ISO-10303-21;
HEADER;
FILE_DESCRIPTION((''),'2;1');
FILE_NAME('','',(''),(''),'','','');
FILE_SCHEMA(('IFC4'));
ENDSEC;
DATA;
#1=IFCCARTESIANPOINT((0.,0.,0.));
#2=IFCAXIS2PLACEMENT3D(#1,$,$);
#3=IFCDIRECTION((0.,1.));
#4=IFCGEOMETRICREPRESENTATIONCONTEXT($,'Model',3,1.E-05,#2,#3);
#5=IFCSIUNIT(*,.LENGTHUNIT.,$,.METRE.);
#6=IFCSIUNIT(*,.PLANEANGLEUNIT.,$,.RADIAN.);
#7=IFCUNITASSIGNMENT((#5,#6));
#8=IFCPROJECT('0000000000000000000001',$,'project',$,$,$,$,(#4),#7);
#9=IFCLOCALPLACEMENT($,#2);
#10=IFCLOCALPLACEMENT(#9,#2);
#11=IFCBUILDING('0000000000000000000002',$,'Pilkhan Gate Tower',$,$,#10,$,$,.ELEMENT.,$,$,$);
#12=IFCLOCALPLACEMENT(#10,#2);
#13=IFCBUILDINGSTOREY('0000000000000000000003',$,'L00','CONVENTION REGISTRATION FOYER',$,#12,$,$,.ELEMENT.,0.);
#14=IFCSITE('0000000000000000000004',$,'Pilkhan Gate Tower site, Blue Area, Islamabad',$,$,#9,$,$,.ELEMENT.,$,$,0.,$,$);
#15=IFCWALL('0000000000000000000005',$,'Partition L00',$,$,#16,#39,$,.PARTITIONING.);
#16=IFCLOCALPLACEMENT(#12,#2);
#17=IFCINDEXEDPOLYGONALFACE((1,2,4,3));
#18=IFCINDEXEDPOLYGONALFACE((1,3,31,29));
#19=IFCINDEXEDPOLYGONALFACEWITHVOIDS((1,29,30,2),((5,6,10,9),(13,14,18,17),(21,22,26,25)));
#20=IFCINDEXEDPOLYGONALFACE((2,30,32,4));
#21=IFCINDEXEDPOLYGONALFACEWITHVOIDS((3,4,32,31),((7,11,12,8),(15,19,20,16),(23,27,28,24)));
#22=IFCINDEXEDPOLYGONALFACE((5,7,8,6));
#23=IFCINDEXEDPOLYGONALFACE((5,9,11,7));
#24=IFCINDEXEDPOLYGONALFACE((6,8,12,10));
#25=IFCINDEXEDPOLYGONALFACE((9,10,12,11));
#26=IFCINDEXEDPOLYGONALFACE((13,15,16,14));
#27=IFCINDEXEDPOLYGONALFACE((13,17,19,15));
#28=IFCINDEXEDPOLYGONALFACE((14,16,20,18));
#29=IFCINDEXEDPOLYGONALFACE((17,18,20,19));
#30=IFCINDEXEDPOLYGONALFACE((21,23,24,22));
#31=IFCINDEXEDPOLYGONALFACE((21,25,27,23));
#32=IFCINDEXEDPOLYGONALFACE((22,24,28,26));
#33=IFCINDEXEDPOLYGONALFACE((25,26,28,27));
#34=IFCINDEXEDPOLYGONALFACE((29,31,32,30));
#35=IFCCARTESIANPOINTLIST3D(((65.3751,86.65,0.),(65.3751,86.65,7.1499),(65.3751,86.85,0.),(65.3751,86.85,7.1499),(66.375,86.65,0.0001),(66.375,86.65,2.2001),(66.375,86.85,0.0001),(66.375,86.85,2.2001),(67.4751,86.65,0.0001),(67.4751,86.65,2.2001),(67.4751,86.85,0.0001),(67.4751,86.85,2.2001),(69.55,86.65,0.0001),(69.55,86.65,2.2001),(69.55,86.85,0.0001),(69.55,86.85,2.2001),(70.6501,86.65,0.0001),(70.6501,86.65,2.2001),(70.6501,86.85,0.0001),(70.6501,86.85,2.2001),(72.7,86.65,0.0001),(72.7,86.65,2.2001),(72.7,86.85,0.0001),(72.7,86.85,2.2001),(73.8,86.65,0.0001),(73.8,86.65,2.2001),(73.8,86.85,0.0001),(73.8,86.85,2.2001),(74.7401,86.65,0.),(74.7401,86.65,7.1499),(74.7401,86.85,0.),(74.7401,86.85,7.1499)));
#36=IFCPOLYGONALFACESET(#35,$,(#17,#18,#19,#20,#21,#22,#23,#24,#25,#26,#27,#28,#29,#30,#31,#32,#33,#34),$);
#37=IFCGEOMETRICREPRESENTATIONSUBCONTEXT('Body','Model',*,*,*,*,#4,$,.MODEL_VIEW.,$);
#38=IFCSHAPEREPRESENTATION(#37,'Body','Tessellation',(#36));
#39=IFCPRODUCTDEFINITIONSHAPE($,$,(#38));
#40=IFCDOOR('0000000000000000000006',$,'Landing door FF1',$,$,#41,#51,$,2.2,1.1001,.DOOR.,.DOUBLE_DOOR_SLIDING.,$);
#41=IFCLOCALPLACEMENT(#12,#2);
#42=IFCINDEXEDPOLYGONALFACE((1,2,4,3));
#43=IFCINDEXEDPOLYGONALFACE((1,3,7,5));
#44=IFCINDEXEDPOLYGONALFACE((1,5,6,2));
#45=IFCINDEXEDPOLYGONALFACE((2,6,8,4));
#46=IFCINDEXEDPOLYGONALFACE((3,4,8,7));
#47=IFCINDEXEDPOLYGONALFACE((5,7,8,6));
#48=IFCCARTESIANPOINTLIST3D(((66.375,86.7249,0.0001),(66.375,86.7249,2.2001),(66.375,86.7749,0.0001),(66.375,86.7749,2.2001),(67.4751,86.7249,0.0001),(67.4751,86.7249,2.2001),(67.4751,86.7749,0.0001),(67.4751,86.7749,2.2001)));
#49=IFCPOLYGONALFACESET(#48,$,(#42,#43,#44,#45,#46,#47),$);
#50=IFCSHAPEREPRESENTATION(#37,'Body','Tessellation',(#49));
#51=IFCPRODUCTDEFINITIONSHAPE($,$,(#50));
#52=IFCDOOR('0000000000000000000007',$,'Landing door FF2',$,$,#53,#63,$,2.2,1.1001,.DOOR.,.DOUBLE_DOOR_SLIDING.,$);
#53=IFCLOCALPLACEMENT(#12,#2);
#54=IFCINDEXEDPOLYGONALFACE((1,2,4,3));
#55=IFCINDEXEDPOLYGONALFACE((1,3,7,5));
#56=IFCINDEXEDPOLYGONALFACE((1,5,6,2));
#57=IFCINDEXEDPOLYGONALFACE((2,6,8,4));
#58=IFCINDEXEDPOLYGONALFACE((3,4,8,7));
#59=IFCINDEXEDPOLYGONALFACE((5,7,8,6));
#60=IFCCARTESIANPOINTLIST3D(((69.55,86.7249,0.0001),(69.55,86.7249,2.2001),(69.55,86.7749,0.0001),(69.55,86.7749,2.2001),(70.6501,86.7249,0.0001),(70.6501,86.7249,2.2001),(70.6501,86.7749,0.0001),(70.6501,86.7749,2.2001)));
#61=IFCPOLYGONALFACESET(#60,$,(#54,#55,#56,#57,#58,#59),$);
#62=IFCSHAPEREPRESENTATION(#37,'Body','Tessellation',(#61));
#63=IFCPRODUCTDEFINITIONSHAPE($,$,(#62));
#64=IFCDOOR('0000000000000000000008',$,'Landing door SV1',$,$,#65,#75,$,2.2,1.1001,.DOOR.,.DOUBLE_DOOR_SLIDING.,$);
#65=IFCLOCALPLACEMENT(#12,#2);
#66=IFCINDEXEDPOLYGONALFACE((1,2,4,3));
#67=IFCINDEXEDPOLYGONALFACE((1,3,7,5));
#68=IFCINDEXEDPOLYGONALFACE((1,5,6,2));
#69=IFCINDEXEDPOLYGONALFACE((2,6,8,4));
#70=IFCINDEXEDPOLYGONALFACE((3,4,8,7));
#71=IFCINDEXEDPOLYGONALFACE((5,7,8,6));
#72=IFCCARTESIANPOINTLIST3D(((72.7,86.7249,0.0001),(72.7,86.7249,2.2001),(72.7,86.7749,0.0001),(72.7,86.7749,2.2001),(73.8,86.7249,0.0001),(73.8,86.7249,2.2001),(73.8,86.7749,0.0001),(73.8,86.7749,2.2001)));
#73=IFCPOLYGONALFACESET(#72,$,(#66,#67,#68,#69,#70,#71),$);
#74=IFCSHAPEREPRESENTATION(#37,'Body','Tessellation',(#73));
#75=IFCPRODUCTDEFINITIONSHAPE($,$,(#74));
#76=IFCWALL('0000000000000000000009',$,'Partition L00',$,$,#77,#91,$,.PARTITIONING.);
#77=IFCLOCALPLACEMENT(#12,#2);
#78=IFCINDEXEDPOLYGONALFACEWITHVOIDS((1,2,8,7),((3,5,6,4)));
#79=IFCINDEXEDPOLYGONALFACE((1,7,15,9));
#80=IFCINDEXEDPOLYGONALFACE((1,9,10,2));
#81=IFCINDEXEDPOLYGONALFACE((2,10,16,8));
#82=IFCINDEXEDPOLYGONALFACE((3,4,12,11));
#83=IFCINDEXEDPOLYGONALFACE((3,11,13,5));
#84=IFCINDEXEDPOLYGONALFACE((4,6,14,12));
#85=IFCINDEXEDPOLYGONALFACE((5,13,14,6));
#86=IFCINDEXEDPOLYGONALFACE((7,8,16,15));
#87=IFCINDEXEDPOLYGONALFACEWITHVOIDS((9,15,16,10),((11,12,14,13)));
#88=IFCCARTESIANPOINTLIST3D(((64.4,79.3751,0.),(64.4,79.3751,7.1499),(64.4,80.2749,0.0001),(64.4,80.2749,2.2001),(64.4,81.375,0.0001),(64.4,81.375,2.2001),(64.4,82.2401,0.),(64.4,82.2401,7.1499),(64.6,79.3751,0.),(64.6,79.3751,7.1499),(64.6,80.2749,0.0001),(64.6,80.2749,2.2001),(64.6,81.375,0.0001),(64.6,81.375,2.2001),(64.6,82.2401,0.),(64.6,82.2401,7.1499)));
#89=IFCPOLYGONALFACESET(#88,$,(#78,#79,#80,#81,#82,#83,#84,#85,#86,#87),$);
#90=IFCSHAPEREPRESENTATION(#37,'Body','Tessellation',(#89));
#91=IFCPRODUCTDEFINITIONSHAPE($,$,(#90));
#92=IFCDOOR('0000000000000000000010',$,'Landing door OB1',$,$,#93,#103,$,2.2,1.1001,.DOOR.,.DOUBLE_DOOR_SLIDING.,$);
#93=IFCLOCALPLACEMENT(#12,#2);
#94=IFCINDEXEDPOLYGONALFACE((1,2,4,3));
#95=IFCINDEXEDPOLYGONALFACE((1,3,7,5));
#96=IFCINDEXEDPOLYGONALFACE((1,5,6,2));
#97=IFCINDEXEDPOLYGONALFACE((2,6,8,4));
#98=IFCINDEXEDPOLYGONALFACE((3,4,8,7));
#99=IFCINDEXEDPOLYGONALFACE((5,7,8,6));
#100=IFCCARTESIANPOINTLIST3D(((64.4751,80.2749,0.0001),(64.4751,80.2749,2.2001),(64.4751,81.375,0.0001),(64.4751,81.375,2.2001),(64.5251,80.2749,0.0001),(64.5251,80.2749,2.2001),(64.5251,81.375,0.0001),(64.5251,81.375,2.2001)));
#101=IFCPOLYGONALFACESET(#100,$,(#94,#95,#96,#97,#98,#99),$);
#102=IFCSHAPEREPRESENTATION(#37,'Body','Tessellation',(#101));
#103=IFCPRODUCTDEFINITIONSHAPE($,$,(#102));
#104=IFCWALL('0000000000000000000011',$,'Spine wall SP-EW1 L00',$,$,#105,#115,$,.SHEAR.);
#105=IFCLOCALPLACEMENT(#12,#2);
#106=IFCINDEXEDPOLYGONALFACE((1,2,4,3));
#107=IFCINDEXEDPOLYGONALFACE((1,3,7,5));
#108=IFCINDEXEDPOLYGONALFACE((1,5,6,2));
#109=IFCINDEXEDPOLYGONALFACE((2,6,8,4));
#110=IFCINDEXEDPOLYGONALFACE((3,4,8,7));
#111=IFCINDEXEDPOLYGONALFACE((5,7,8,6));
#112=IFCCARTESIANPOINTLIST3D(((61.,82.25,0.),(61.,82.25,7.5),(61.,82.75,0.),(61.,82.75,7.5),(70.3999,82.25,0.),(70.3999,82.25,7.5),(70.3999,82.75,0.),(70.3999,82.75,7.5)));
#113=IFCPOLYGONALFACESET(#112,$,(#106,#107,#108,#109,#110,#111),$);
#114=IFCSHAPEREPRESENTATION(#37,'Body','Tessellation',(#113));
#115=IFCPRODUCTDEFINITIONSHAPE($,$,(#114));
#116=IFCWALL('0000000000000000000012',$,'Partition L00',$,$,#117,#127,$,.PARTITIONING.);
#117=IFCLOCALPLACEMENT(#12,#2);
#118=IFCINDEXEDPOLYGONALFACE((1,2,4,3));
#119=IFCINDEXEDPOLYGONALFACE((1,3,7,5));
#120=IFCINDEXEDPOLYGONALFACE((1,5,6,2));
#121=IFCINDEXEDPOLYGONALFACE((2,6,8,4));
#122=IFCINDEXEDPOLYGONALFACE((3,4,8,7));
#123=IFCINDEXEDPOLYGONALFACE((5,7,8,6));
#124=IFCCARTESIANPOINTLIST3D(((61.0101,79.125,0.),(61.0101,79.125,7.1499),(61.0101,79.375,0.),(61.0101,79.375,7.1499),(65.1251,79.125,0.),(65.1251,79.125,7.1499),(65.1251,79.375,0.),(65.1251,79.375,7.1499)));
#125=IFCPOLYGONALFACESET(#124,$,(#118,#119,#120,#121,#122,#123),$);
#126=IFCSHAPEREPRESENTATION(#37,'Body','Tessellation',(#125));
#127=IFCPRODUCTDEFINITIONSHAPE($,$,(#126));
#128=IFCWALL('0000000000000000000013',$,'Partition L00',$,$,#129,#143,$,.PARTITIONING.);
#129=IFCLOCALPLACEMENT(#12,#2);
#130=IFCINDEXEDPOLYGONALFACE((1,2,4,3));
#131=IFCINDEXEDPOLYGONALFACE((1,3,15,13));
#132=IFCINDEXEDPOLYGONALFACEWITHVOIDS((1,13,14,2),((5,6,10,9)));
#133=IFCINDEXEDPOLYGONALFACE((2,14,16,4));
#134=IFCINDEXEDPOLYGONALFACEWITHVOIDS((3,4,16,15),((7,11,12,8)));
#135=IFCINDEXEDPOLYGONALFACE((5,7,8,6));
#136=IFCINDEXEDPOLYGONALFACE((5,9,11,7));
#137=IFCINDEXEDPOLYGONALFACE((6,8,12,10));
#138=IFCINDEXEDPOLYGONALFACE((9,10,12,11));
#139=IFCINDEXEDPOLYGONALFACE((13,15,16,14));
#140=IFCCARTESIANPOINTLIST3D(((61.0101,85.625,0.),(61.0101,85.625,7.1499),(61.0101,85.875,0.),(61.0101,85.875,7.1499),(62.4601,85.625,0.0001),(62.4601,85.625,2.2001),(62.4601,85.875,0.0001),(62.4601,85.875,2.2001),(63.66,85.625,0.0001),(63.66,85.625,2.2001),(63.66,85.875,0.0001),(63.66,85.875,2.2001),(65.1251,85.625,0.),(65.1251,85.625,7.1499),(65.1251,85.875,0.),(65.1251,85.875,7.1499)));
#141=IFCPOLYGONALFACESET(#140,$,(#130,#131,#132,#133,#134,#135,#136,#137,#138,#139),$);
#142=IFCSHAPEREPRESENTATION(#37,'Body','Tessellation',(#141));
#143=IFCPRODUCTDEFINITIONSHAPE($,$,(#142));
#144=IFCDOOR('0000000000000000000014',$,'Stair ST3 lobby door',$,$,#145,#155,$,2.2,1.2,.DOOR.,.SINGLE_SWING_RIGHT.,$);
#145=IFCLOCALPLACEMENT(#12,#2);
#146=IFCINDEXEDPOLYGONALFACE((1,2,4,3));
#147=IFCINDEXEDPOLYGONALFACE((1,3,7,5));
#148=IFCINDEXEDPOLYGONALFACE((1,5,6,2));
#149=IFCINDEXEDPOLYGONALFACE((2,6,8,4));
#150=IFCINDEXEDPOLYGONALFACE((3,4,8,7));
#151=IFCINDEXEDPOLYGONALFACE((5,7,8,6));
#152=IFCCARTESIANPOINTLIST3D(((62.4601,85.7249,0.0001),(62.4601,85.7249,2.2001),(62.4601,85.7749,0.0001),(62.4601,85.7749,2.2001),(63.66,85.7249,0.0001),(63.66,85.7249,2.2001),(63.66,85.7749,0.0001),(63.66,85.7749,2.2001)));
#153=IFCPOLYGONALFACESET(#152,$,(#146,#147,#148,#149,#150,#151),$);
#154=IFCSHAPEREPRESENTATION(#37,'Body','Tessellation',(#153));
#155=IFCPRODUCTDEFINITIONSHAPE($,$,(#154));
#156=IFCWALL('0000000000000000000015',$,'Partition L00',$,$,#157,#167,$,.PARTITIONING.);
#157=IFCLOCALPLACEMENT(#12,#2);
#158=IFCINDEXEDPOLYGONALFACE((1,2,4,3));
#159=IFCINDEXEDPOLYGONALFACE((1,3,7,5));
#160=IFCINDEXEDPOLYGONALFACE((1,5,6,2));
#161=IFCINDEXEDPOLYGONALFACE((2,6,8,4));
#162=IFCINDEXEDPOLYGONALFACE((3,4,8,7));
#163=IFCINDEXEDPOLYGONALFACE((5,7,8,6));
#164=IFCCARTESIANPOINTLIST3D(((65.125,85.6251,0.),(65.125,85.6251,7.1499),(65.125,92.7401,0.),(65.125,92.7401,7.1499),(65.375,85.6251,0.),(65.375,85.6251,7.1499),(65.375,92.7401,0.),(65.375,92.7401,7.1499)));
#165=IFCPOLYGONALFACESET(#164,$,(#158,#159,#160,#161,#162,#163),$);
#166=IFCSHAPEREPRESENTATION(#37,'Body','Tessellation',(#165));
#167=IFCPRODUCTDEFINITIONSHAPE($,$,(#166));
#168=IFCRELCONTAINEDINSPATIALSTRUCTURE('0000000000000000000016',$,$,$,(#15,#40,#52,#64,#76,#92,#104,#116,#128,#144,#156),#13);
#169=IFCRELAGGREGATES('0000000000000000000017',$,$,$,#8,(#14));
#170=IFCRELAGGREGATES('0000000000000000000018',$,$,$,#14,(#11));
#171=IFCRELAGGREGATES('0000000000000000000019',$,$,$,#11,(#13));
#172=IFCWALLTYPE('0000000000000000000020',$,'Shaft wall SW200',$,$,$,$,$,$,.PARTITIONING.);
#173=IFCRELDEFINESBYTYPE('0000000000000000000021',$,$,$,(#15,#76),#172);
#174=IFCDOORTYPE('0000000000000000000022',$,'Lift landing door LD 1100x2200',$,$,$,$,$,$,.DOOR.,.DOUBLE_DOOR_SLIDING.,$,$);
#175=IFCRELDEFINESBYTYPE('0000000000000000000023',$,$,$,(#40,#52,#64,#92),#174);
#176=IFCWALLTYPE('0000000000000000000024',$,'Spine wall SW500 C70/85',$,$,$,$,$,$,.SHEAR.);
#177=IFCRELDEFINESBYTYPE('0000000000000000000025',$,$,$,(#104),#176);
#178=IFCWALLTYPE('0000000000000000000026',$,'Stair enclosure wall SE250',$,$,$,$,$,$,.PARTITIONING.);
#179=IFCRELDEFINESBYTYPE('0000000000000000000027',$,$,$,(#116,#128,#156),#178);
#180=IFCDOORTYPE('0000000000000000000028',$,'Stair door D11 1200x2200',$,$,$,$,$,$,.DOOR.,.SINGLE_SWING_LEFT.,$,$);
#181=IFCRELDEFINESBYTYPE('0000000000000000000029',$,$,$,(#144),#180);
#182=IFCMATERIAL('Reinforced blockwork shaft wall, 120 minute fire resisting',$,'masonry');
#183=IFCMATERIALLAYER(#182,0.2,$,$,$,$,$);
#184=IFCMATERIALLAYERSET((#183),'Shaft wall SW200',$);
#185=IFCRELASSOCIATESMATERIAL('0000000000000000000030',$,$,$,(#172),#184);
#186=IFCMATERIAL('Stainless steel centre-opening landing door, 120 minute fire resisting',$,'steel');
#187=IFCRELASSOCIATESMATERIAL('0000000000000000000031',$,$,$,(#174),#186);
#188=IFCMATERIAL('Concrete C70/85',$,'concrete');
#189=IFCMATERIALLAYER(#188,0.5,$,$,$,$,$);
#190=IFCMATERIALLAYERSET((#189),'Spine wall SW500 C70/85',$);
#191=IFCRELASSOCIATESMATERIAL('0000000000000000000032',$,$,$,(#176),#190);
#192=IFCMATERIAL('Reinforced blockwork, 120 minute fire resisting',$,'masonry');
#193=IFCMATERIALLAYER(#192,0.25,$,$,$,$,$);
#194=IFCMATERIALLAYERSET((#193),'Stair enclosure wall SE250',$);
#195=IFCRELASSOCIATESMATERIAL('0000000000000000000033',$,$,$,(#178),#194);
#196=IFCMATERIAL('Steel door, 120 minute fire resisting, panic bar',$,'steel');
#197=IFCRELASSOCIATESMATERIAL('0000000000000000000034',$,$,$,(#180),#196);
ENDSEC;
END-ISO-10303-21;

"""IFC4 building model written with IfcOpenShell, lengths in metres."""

from ifc_helpers import new_model, si_unit, direction, frame, frame_2d, origin, place, context, subcontext, project, spatial, rectangle, extrude, material, layer, layer_set, type_object, element, fill, save


model = new_model("IFC4")

# Units and contexts
model_context = context("Model", 3, precision=1e-05, world=origin(), true_north=direction((0.0, 1.0)))
body_context = subcontext(model_context, "Body", "Model", "MODEL_VIEW")
ifc_project = project(units=[si_unit("LENGTHUNIT", "METRE"), si_unit("PLANEANGLEUNIT", "RADIAN")], contexts=[model_context])

# Site, building, storey
site_placement = place(None, origin())
site = spatial("IfcSite", under=ifc_project, at=site_placement, Name="Pilkhan Gate Tower site, Blue Area, Islamabad", CompositionType="ELEMENT", RefElevation=0.0)
building_placement = place(site_placement, origin())
building = spatial("IfcBuilding", under=site, at=building_placement, Name="Pilkhan Gate Tower", CompositionType="ELEMENT")
storey_placement = place(building_placement, origin())
storey = spatial("IfcBuildingStorey", under=building, at=storey_placement, Name="L00", Description="CONVENTION REGISTRATION FOYER", CompositionType="ELEMENT", Elevation=0.0)

# Wall, openings, doors
ifc_material_1 = material(Name="Reinforced blockwork shaft wall, 120 minute fire resisting", Category="masonry")
ifc_layer_1 = layer(ifc_material_1, 0.2)
ifc_layer_set_1 = layer_set([ifc_layer_1], Name="Shaft wall SW200")
wall_type_1 = type_object("IfcWallType", Name="Shaft wall SW200", PredefinedType="PARTITIONING", material=ifc_layer_set_1)
wall_1_placement = place(storey_placement, frame((65.375, 86.75, 0.0), z_axis=(0.0, 0.0, 1.0), x_axis=(1.0, 0.0, 0.0)))
wall_1 = element("IfcWall", 1, at=wall_1_placement, inside=storey, type_object=wall_type_1, Name="Partition L00", PredefinedType="PARTITIONING", context=body_context, shape_type="SweptSolid", body=[
    extrude(rectangle(XDim=9.365, YDim=0.2, at=frame_2d((4.6826, 0.0))), origin(), (0.0, 0.0, 1.0), 7.1499),
])
opening_1_placement = place(wall_1_placement, frame((1.0, 0.0, 0.0)))
opening_1 = element("IfcOpeningElement", 2, at=opening_1_placement, cuts=wall_1, PredefinedType="OPENING", context=body_context, shape_type="SweptSolid", body=[
    extrude(rectangle(XDim=1.1001, YDim=2.2, at=frame_2d((0.55, 1.1001))), frame((0.0, 0.1099, 0.0), z_axis=(0.0, -1.0, 0.0), x_axis=(1.0, 0.0, 0.0)), (0.0, 0.0, 1.0), 0.22),
])
opening_2_placement = place(wall_1_placement, frame((4.175, 0.0, 0.0)))
opening_2 = element("IfcOpeningElement", 3, at=opening_2_placement, cuts=wall_1, PredefinedType="OPENING", context=body_context, shape_type="SweptSolid", body=[
    extrude(rectangle(XDim=1.1001, YDim=2.2, at=frame_2d((0.55, 1.1001))), frame((0.0, 0.1099, 0.0), z_axis=(0.0, -1.0, 0.0), x_axis=(1.0, 0.0, 0.0)), (0.0, 0.0, 1.0), 0.22),
])
opening_3_placement = place(wall_1_placement, frame((7.325, 0.0, 0.0)))
opening_3 = element("IfcOpeningElement", 4, at=opening_3_placement, cuts=wall_1, PredefinedType="OPENING", context=body_context, shape_type="SweptSolid", body=[
    extrude(rectangle(XDim=1.1001, YDim=2.2, at=frame_2d((0.55, 1.1001))), frame((0.0, 0.1099, 0.0), z_axis=(0.0, -1.0, 0.0), x_axis=(1.0, 0.0, 0.0)), (0.0, 0.0, 1.0), 0.22),
])
ifc_material_2 = material(Name="Stainless steel centre-opening landing door, 120 minute fire resisting", Category="steel")
door_type_1 = type_object("IfcDoorType", Name="Lift landing door LD 1100x2200", OperationType="DOUBLE_DOOR_SLIDING", PredefinedType="DOOR", material=ifc_material_2)
door_1_placement = place(opening_1_placement, origin())
door_1 = element("IfcDoor", 5, at=door_1_placement, inside=storey, type_object=door_type_1, Name="Landing door FF1", OperationType="DOUBLE_DOOR_SLIDING", OverallHeight=2.2, OverallWidth=1.1001, PredefinedType="DOOR", context=body_context, shape_type="SweptSolid", body=[
    extrude(rectangle(XDim=1.1001, YDim=2.2, at=frame_2d((0.55, 1.1001))), frame((0.0, 0.0249, 0.0), z_axis=(0.0, -1.0, 0.0), x_axis=(1.0, 0.0, 0.0)), (0.0, 0.0, 1.0), 0.05),
])
fill(opening_1, door_1)
door_2_placement = place(opening_2_placement, origin())
door_2 = element("IfcDoor", 6, at=door_2_placement, inside=storey, type_object=door_type_1, Name="Landing door FF2", OperationType="DOUBLE_DOOR_SLIDING", OverallHeight=2.2, OverallWidth=1.1001, PredefinedType="DOOR", context=body_context, shape_type="SweptSolid", body=[
    extrude(rectangle(XDim=1.1001, YDim=2.2, at=frame_2d((0.55, 1.1001))), frame((0.0, 0.0249, 0.0), z_axis=(0.0, -1.0, 0.0), x_axis=(1.0, 0.0, 0.0)), (0.0, 0.0, 1.0), 0.05),
])
fill(opening_2, door_2)
door_3_placement = place(opening_3_placement, origin())
door_3 = element("IfcDoor", 7, at=door_3_placement, inside=storey, type_object=door_type_1, Name="Landing door SV1", OperationType="DOUBLE_DOOR_SLIDING", OverallHeight=2.2, OverallWidth=1.1001, PredefinedType="DOOR", context=body_context, shape_type="SweptSolid", body=[
    extrude(rectangle(XDim=1.1001, YDim=2.2, at=frame_2d((0.55, 1.1001))), frame((0.0, 0.0249, 0.0), z_axis=(0.0, -1.0, 0.0), x_axis=(1.0, 0.0, 0.0)), (0.0, 0.0, 1.0), 0.05),
])
fill(opening_3, door_3)

# Wall, opening, door
wall_2_placement = place(storey_placement, frame((64.5, 79.375, 0.0), z_axis=(0.0, 0.0, 1.0), x_axis=(0.0, 1.0, 0.0)))
wall_2 = element("IfcWall", 8, at=wall_2_placement, inside=storey, type_object=wall_type_1, Name="Partition L00", PredefinedType="PARTITIONING", context=body_context, shape_type="SweptSolid", body=[
    extrude(rectangle(XDim=2.865, YDim=0.2, at=frame_2d((1.4326, 0.0))), origin(), (0.0, 0.0, 1.0), 7.1499),
])
opening_4_placement = place(wall_2_placement, frame((0.8999, 0.0, 0.0)))
opening_4 = element("IfcOpeningElement", 9, at=opening_4_placement, cuts=wall_2, PredefinedType="OPENING", context=body_context, shape_type="SweptSolid", body=[
    extrude(rectangle(XDim=1.1001, YDim=2.2, at=frame_2d((0.55, 1.1001))), frame((0.0, 0.1099, 0.0), z_axis=(0.0, -1.0, 0.0), x_axis=(1.0, 0.0, 0.0)), (0.0, 0.0, 1.0), 0.22),
])
door_4_placement = place(opening_4_placement, origin())
door_4 = element("IfcDoor", 10, at=door_4_placement, inside=storey, type_object=door_type_1, Name="Landing door OB1", OperationType="DOUBLE_DOOR_SLIDING", OverallHeight=2.2, OverallWidth=1.1001, PredefinedType="DOOR", context=body_context, shape_type="SweptSolid", body=[
    extrude(rectangle(XDim=1.1001, YDim=2.2, at=frame_2d((0.55, 1.1001))), frame((0.0, 0.0249, 0.0), z_axis=(0.0, -1.0, 0.0), x_axis=(1.0, 0.0, 0.0)), (0.0, 0.0, 1.0), 0.05),
])
fill(opening_4, door_4)

# Walls
ifc_material_3 = material(Name="Concrete C70/85", Category="concrete")
ifc_layer_2 = layer(ifc_material_3, 0.5)
ifc_layer_set_2 = layer_set([ifc_layer_2], Name="Spine wall SW500 C70/85")
wall_type_2 = type_object("IfcWallType", Name="Spine wall SW500 C70/85", PredefinedType="SHEAR", material=ifc_layer_set_2)
wall_3_placement = place(storey_placement, frame((61.0, 82.5, 0.0), z_axis=(0.0, 0.0, 1.0), x_axis=(1.0, 0.0, 0.0)))
element("IfcWall", 11, at=wall_3_placement, inside=storey, type_object=wall_type_2, Name="Spine wall SP-EW1 L00", PredefinedType="SHEAR", context=body_context, shape_type="SweptSolid", body=[
    extrude(rectangle(XDim=9.3999, YDim=0.5, at=frame_2d((4.7, 0.0))), origin(), (0.0, 0.0, 1.0), 7.5),
])
ifc_material_4 = material(Name="Reinforced blockwork, 120 minute fire resisting", Category="masonry")
ifc_layer_3 = layer(ifc_material_4, 0.25)
ifc_layer_set_3 = layer_set([ifc_layer_3], Name="Stair enclosure wall SE250")
wall_type_3 = type_object("IfcWallType", Name="Stair enclosure wall SE250", PredefinedType="PARTITIONING", material=ifc_layer_set_3)
wall_4_placement = place(storey_placement, frame((61.01, 79.25, 0.0), z_axis=(0.0, 0.0, 1.0), x_axis=(1.0, 0.0, 0.0)))
element("IfcWall", 12, at=wall_4_placement, inside=storey, type_object=wall_type_3, Name="Partition L00", PredefinedType="PARTITIONING", context=body_context, shape_type="SweptSolid", body=[
    extrude(rectangle(XDim=4.115, YDim=0.25, at=frame_2d((2.0576, 0.0))), origin(), (0.0, 0.0, 1.0), 7.1499),
])

# Wall, opening, door
wall_5_placement = place(storey_placement, frame((61.01, 85.75, 0.0), z_axis=(0.0, 0.0, 1.0), x_axis=(1.0, 0.0, 0.0)))
wall_5 = element("IfcWall", 13, at=wall_5_placement, inside=storey, type_object=wall_type_3, Name="Partition L00", PredefinedType="PARTITIONING", context=body_context, shape_type="SweptSolid", body=[
    extrude(rectangle(XDim=4.115, YDim=0.25, at=frame_2d((2.0576, 0.0))), origin(), (0.0, 0.0, 1.0), 7.1499),
])
opening_5_placement = place(wall_5_placement, frame((1.45, 0.0, 0.0)))
opening_5 = element("IfcOpeningElement", 14, at=opening_5_placement, cuts=wall_5, PredefinedType="OPENING", context=body_context, shape_type="SweptSolid", body=[
    extrude(rectangle(XDim=1.2, YDim=2.2, at=frame_2d((0.6001, 1.1001))), frame((0.0, 0.135, 0.0), z_axis=(0.0, -1.0, 0.0), x_axis=(1.0, 0.0, 0.0)), (0.0, 0.0, 1.0), 0.27),
])
ifc_material_5 = material(Name="Steel door, 120 minute fire resisting, panic bar", Category="steel")
door_type_2 = type_object("IfcDoorType", Name="Stair door D11 1200x2200", OperationType="SINGLE_SWING_LEFT", PredefinedType="DOOR", material=ifc_material_5)
door_5_placement = place(opening_5_placement, origin())
door_5 = element("IfcDoor", 15, at=door_5_placement, inside=storey, type_object=door_type_2, Name="Stair ST3 lobby door", OperationType="SINGLE_SWING_RIGHT", OverallHeight=2.2, OverallWidth=1.2, PredefinedType="DOOR", context=body_context, shape_type="SweptSolid", body=[
    extrude(rectangle(XDim=1.2, YDim=2.2, at=frame_2d((0.6001, 1.1001))), frame((0.0, 0.0249, 0.0), z_axis=(0.0, -1.0, 0.0), x_axis=(1.0, 0.0, 0.0)), (0.0, 0.0, 1.0), 0.05),
])
fill(opening_5, door_5)

# Wall
wall_6_placement = place(storey_placement, frame((65.25, 85.625, 0.0), z_axis=(0.0, 0.0, 1.0), x_axis=(0.0, 1.0, 0.0)))
element("IfcWall", 16, at=wall_6_placement, inside=storey, type_object=wall_type_3, Name="Partition L00", PredefinedType="PARTITIONING", context=body_context, shape_type="SweptSolid", body=[
    extrude(rectangle(XDim=7.115, YDim=0.25, at=frame_2d((3.5576, 0.0))), origin(), (0.0, 0.0, 1.0), 7.1499),
])

save(model, "model.ifc")
